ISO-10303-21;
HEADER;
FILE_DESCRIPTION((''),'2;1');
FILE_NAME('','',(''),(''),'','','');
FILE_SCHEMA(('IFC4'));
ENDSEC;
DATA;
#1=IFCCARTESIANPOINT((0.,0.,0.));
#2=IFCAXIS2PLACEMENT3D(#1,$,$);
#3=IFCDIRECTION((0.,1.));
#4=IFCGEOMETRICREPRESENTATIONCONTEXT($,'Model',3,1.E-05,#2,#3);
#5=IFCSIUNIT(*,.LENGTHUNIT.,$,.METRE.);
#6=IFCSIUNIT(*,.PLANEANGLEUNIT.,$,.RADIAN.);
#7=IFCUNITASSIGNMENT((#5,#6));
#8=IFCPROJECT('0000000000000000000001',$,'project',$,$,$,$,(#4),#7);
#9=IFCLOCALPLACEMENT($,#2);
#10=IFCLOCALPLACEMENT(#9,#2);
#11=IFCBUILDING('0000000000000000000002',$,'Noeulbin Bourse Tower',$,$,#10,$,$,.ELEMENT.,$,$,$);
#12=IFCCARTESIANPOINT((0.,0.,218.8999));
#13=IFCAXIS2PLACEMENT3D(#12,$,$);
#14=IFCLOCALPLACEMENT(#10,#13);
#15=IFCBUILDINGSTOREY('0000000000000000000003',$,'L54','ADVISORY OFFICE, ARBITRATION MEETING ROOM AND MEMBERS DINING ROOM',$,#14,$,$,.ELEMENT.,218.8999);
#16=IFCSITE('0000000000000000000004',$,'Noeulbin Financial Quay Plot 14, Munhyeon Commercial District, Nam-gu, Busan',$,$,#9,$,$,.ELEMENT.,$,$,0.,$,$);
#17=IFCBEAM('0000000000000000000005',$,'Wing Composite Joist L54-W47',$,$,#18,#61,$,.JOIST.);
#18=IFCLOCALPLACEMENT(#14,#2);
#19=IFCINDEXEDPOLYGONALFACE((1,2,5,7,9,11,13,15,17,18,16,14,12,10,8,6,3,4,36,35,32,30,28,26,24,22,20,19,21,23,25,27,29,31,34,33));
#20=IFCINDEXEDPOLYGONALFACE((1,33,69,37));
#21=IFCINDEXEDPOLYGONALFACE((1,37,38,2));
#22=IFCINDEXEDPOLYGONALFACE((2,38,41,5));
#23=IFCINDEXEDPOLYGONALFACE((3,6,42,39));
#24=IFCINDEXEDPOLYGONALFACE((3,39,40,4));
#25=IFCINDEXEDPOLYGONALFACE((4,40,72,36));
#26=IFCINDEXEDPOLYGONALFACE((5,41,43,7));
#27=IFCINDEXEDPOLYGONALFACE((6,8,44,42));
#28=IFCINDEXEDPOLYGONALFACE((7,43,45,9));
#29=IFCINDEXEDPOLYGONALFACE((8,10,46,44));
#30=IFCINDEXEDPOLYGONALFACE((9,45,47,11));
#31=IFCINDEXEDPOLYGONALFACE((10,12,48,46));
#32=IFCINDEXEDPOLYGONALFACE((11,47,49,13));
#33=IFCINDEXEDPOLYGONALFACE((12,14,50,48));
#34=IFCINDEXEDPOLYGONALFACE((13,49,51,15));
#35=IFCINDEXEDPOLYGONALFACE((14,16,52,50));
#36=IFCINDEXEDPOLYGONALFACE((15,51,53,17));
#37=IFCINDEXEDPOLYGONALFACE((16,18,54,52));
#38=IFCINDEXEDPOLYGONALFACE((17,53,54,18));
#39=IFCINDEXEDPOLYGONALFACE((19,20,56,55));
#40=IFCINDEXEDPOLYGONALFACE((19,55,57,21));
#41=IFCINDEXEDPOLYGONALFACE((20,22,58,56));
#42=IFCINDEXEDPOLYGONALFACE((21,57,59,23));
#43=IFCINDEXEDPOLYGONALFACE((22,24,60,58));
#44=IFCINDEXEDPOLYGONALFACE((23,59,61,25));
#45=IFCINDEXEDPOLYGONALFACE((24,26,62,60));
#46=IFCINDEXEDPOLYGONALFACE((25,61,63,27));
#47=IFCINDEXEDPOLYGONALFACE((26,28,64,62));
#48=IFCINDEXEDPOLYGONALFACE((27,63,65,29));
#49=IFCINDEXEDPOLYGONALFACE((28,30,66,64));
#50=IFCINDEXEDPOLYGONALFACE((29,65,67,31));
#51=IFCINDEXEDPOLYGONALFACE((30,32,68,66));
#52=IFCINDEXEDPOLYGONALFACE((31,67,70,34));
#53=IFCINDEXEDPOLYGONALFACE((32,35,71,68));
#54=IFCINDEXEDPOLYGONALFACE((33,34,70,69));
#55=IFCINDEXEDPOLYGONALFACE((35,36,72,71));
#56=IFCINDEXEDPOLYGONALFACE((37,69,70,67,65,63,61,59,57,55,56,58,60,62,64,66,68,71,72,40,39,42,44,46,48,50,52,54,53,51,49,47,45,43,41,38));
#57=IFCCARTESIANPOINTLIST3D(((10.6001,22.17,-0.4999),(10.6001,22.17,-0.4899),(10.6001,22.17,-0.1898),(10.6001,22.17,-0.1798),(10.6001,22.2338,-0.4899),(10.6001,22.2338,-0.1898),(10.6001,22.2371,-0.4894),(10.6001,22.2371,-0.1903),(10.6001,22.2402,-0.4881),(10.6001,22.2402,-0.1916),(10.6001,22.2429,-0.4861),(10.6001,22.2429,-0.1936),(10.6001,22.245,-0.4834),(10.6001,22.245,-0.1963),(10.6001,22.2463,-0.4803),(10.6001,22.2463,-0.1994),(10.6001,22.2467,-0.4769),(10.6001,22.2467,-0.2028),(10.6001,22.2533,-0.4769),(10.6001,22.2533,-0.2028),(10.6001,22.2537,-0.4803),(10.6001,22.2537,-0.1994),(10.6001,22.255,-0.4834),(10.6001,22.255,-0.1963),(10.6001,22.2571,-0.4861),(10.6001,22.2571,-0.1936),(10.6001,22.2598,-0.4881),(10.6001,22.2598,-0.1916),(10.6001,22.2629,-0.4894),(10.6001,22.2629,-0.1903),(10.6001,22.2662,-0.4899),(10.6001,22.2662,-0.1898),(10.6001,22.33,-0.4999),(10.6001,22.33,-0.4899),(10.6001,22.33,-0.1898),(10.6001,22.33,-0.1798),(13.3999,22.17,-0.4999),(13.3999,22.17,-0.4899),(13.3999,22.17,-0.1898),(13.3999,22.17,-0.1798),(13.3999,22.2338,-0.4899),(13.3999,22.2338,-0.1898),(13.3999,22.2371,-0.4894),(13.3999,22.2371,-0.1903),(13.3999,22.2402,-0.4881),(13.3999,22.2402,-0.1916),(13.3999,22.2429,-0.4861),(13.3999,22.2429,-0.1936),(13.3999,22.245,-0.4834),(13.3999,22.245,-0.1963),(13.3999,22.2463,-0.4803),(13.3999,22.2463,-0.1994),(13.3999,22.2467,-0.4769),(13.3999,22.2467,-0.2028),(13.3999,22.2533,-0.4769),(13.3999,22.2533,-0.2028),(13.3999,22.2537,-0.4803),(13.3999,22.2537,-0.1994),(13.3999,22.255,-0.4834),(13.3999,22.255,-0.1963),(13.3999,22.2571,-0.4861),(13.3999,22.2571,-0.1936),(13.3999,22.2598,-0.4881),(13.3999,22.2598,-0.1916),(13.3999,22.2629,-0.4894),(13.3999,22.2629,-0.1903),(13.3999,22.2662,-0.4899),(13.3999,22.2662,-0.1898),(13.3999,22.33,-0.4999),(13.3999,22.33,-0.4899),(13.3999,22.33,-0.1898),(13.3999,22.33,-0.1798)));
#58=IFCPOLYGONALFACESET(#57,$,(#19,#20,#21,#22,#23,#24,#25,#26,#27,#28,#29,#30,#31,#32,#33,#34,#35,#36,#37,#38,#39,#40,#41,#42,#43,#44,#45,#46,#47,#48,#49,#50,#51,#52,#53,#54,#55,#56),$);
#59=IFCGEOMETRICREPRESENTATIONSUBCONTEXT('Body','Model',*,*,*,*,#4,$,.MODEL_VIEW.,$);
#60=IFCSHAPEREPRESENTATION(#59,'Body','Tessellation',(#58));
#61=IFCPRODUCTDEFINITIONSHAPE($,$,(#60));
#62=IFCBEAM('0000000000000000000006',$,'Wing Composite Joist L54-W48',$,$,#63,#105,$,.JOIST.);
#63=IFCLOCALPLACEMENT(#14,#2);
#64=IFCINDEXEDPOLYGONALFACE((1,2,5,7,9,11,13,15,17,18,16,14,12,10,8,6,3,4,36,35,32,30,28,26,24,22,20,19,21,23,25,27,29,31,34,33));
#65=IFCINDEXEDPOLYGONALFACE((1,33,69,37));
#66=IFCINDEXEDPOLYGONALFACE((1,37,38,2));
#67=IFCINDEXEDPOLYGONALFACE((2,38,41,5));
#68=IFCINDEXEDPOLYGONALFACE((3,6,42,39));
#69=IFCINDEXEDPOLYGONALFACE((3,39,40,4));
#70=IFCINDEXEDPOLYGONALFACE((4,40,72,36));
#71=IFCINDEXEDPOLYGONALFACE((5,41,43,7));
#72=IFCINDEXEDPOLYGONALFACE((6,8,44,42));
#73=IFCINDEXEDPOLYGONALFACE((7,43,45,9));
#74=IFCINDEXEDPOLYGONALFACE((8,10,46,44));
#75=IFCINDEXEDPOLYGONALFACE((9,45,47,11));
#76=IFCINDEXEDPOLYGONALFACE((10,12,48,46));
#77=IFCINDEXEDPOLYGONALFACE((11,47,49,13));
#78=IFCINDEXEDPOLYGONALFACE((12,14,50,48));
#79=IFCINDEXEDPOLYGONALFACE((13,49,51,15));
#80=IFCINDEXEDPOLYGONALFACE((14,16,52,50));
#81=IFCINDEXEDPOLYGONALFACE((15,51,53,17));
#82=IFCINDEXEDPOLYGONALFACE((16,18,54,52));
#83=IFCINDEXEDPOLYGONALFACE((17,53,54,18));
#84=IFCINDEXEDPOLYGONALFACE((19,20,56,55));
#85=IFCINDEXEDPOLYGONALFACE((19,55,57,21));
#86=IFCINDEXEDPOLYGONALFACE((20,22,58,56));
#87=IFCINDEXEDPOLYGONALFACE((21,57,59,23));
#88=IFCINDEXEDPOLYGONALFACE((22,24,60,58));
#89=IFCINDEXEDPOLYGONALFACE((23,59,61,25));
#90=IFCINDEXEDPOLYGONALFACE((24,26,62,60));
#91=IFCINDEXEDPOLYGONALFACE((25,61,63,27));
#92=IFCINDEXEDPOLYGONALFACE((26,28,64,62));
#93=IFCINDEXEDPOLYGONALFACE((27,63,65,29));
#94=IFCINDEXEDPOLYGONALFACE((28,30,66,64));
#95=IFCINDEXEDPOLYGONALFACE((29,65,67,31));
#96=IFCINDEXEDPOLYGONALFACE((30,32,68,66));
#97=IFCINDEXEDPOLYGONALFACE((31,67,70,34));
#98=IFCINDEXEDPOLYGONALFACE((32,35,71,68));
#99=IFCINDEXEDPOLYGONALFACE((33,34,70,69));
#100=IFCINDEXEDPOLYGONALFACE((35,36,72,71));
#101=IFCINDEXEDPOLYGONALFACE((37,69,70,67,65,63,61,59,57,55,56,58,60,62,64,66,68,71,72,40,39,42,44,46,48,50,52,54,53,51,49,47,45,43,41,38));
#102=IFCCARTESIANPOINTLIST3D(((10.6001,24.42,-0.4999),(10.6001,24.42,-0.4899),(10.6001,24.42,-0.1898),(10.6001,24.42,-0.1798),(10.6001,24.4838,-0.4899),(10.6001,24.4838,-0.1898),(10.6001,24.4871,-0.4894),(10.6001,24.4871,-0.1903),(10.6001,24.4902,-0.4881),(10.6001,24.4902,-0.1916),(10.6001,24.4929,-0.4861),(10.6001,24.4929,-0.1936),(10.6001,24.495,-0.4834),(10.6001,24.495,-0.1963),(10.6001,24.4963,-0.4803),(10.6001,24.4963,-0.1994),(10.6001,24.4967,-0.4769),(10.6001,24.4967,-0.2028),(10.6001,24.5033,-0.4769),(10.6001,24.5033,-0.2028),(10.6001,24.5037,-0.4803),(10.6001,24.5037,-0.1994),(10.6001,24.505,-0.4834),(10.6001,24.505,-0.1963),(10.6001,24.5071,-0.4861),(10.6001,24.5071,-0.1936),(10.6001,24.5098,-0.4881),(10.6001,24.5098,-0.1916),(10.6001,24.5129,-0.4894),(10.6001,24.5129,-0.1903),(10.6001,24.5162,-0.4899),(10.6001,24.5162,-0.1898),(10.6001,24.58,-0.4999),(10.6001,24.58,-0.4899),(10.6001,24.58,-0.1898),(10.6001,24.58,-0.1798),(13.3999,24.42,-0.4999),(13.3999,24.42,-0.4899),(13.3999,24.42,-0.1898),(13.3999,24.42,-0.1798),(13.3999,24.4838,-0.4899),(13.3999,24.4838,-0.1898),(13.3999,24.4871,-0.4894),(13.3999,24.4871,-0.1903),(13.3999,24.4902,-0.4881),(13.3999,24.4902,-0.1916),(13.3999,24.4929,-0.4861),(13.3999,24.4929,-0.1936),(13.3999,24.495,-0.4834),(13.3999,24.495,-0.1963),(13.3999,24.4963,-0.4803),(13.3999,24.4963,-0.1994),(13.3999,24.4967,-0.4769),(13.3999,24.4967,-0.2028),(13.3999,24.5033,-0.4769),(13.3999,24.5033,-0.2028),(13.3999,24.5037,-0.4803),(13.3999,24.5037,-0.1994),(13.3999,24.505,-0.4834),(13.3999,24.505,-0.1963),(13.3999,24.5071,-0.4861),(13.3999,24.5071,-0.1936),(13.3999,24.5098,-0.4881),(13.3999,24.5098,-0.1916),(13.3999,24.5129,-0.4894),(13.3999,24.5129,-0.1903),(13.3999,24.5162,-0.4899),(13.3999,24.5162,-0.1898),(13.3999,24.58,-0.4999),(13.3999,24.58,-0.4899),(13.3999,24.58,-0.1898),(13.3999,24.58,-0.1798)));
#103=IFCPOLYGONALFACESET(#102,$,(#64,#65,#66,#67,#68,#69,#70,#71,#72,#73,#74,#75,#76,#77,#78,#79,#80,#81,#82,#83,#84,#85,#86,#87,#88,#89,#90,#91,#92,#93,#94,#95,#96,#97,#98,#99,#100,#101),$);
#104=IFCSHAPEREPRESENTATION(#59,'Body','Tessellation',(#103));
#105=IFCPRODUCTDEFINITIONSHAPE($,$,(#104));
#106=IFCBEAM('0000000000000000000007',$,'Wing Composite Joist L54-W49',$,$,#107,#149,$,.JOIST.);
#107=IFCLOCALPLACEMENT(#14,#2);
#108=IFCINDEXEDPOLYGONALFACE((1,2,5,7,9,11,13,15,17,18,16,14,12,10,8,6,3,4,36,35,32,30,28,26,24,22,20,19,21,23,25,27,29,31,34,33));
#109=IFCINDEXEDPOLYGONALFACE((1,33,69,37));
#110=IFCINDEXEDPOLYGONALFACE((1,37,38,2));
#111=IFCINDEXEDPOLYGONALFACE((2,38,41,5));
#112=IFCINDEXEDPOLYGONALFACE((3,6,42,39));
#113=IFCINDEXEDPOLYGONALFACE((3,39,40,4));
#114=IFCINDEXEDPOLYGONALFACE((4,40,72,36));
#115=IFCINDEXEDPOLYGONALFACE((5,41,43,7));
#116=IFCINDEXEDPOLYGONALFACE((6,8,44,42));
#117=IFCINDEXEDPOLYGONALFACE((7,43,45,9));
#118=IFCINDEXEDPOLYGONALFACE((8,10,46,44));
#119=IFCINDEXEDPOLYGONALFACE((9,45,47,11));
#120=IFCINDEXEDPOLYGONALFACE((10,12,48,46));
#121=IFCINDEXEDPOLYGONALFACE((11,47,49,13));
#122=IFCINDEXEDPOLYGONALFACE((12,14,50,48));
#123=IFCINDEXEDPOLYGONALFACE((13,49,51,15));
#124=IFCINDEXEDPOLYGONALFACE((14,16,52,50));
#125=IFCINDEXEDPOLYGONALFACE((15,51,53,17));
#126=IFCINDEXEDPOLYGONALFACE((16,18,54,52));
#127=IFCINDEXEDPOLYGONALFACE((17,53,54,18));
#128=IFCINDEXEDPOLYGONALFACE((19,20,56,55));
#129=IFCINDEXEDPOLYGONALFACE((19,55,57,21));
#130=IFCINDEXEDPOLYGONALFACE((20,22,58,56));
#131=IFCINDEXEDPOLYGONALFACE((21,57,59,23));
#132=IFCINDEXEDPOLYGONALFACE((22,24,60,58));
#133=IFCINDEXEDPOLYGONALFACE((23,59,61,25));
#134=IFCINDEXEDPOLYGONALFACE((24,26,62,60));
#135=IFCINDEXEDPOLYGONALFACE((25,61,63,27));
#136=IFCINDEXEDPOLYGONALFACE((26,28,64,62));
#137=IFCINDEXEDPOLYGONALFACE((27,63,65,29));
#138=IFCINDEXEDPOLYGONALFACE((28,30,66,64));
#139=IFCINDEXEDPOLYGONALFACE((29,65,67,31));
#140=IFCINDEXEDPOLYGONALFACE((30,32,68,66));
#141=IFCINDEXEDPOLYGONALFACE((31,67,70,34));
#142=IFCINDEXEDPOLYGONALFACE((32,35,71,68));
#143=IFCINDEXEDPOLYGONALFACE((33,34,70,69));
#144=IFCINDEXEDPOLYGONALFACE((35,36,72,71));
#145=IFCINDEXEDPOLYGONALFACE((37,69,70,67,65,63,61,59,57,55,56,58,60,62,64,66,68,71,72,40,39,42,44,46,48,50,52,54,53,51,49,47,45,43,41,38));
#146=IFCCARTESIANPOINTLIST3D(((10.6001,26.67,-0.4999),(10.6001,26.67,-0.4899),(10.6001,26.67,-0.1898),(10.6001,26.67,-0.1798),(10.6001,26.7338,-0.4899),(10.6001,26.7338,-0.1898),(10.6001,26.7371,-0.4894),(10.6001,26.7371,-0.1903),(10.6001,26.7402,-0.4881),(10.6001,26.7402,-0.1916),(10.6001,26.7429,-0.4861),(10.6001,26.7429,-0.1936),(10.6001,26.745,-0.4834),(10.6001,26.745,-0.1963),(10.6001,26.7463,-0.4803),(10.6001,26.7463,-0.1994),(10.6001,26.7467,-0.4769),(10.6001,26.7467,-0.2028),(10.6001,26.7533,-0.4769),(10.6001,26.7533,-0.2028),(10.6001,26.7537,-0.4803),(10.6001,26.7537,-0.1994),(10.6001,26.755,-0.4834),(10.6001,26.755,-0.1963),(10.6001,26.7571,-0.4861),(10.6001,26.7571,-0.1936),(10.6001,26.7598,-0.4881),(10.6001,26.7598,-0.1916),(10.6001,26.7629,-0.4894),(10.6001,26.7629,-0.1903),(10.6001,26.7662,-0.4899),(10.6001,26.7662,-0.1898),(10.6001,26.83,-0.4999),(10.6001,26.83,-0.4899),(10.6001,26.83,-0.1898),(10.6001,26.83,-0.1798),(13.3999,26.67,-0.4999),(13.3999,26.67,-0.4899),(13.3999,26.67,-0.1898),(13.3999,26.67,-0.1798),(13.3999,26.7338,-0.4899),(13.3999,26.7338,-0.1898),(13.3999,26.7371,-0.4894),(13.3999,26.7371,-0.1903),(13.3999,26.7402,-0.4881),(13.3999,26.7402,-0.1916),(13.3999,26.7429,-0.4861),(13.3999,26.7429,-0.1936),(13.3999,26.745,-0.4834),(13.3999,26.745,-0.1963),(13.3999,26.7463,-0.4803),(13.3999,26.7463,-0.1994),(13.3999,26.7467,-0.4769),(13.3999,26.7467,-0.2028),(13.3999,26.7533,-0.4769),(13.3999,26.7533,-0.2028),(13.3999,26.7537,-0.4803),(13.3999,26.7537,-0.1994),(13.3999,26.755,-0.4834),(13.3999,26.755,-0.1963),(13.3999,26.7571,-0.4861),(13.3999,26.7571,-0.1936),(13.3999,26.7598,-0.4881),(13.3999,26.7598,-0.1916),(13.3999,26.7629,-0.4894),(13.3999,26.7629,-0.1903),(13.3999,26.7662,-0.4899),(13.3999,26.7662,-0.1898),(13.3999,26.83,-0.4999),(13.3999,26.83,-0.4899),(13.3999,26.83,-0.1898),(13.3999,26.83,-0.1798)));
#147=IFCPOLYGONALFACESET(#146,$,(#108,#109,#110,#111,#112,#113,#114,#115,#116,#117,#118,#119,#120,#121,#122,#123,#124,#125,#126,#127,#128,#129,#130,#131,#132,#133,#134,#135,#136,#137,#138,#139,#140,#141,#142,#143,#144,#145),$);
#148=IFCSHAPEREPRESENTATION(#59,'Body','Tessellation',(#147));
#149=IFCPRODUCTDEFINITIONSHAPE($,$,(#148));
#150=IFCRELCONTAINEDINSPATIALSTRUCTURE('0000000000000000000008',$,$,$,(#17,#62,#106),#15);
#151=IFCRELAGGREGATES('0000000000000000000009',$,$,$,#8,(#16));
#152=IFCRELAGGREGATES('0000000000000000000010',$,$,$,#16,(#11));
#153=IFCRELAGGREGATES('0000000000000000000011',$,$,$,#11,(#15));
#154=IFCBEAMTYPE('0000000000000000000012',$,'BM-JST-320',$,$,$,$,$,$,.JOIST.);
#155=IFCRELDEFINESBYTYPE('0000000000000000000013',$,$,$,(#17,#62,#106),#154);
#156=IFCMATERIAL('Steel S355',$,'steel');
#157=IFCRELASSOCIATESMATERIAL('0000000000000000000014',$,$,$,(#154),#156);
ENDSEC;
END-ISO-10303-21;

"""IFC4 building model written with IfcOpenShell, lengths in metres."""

from ifc_helpers import new_model, si_unit, direction, frame, origin, origin_2d, place, context, subcontext, project, spatial, i_section, extrude, material, material_profile, profile_set, type_object, element, save


model = new_model("IFC4")

# Units and contexts
model_context = context("Model", 3, precision=1e-05, world=origin(), true_north=direction((0.0, 1.0)))
body_context = subcontext(model_context, "Body", "Model", "MODEL_VIEW")
ifc_project = project(units=[si_unit("LENGTHUNIT", "METRE"), si_unit("PLANEANGLEUNIT", "RADIAN")], contexts=[model_context])

# Site, building, storey
site_placement = place(None, origin())
site = spatial("IfcSite", under=ifc_project, at=site_placement, Name="Noeulbin Financial Quay Plot 14, Munhyeon Commercial District, Nam-gu, Busan", CompositionType="ELEMENT", RefElevation=0.0)
building_placement = place(site_placement, origin())
building = spatial("IfcBuilding", under=site, at=building_placement, Name="Noeulbin Bourse Tower", CompositionType="ELEMENT")
storey_placement = place(building_placement, frame((0.0, 0.0, 218.8999)))
storey = spatial("IfcBuildingStorey", under=building, at=storey_placement, Name="L54", Description="ADVISORY OFFICE, ARBITRATION MEETING ROOM AND MEMBERS DINING ROOM", CompositionType="ELEMENT", Elevation=218.8999)

# Shared definitions
ifc_material_1 = material(Name="Steel S355", Category="steel")

# Beams
ifc_material_profile_1 = material_profile(ifc_material_1, i_section(OverallWidth=0.1599, OverallDepth=0.3201, WebThickness=0.0066, FlangeThickness=0.01, FilletRadius=0.0129, at=origin_2d()), Name="H-320x160x6.5x10", Category="LoadBearing")
ifc_profile_set_1 = profile_set([ifc_material_profile_1], Name="Steel S355")
beam_type_1 = type_object("IfcBeamType", Name="BM-JST-320", PredefinedType="JOIST", material=ifc_profile_set_1)
for number, where, z_axis, x_axis, name in (
    (1, (10.6001, 22.25, -0.3398), (1.0, 0.0, 0.0), (0.0, 1.0, 0.0), "Wing Composite Joist L54-W47"),
    (2, (10.6001, 24.5, -0.3398), (1.0, 0.0, 0.0), (0.0, 1.0, 0.0), "Wing Composite Joist L54-W48"),
    (3, (10.6001, 26.75, -0.3398), (1.0, 0.0, 0.0), (0.0, 1.0, 0.0), "Wing Composite Joist L54-W49"),
):
    element("IfcBeam", number, at=place(storey_placement, frame(where, z_axis=z_axis, x_axis=x_axis)), inside=storey, type_object=beam_type_1, Name=name, PredefinedType="JOIST", context=body_context, shape_type="SweptSolid", body=[
        extrude(i_section(OverallWidth=0.1599, OverallDepth=0.3201, WebThickness=0.0066, FlangeThickness=0.01, FilletRadius=0.0129, at=origin_2d()), origin(), (0.0, 0.0, 1.0), 2.7998),
    ])

save(model, "model.ifc")
